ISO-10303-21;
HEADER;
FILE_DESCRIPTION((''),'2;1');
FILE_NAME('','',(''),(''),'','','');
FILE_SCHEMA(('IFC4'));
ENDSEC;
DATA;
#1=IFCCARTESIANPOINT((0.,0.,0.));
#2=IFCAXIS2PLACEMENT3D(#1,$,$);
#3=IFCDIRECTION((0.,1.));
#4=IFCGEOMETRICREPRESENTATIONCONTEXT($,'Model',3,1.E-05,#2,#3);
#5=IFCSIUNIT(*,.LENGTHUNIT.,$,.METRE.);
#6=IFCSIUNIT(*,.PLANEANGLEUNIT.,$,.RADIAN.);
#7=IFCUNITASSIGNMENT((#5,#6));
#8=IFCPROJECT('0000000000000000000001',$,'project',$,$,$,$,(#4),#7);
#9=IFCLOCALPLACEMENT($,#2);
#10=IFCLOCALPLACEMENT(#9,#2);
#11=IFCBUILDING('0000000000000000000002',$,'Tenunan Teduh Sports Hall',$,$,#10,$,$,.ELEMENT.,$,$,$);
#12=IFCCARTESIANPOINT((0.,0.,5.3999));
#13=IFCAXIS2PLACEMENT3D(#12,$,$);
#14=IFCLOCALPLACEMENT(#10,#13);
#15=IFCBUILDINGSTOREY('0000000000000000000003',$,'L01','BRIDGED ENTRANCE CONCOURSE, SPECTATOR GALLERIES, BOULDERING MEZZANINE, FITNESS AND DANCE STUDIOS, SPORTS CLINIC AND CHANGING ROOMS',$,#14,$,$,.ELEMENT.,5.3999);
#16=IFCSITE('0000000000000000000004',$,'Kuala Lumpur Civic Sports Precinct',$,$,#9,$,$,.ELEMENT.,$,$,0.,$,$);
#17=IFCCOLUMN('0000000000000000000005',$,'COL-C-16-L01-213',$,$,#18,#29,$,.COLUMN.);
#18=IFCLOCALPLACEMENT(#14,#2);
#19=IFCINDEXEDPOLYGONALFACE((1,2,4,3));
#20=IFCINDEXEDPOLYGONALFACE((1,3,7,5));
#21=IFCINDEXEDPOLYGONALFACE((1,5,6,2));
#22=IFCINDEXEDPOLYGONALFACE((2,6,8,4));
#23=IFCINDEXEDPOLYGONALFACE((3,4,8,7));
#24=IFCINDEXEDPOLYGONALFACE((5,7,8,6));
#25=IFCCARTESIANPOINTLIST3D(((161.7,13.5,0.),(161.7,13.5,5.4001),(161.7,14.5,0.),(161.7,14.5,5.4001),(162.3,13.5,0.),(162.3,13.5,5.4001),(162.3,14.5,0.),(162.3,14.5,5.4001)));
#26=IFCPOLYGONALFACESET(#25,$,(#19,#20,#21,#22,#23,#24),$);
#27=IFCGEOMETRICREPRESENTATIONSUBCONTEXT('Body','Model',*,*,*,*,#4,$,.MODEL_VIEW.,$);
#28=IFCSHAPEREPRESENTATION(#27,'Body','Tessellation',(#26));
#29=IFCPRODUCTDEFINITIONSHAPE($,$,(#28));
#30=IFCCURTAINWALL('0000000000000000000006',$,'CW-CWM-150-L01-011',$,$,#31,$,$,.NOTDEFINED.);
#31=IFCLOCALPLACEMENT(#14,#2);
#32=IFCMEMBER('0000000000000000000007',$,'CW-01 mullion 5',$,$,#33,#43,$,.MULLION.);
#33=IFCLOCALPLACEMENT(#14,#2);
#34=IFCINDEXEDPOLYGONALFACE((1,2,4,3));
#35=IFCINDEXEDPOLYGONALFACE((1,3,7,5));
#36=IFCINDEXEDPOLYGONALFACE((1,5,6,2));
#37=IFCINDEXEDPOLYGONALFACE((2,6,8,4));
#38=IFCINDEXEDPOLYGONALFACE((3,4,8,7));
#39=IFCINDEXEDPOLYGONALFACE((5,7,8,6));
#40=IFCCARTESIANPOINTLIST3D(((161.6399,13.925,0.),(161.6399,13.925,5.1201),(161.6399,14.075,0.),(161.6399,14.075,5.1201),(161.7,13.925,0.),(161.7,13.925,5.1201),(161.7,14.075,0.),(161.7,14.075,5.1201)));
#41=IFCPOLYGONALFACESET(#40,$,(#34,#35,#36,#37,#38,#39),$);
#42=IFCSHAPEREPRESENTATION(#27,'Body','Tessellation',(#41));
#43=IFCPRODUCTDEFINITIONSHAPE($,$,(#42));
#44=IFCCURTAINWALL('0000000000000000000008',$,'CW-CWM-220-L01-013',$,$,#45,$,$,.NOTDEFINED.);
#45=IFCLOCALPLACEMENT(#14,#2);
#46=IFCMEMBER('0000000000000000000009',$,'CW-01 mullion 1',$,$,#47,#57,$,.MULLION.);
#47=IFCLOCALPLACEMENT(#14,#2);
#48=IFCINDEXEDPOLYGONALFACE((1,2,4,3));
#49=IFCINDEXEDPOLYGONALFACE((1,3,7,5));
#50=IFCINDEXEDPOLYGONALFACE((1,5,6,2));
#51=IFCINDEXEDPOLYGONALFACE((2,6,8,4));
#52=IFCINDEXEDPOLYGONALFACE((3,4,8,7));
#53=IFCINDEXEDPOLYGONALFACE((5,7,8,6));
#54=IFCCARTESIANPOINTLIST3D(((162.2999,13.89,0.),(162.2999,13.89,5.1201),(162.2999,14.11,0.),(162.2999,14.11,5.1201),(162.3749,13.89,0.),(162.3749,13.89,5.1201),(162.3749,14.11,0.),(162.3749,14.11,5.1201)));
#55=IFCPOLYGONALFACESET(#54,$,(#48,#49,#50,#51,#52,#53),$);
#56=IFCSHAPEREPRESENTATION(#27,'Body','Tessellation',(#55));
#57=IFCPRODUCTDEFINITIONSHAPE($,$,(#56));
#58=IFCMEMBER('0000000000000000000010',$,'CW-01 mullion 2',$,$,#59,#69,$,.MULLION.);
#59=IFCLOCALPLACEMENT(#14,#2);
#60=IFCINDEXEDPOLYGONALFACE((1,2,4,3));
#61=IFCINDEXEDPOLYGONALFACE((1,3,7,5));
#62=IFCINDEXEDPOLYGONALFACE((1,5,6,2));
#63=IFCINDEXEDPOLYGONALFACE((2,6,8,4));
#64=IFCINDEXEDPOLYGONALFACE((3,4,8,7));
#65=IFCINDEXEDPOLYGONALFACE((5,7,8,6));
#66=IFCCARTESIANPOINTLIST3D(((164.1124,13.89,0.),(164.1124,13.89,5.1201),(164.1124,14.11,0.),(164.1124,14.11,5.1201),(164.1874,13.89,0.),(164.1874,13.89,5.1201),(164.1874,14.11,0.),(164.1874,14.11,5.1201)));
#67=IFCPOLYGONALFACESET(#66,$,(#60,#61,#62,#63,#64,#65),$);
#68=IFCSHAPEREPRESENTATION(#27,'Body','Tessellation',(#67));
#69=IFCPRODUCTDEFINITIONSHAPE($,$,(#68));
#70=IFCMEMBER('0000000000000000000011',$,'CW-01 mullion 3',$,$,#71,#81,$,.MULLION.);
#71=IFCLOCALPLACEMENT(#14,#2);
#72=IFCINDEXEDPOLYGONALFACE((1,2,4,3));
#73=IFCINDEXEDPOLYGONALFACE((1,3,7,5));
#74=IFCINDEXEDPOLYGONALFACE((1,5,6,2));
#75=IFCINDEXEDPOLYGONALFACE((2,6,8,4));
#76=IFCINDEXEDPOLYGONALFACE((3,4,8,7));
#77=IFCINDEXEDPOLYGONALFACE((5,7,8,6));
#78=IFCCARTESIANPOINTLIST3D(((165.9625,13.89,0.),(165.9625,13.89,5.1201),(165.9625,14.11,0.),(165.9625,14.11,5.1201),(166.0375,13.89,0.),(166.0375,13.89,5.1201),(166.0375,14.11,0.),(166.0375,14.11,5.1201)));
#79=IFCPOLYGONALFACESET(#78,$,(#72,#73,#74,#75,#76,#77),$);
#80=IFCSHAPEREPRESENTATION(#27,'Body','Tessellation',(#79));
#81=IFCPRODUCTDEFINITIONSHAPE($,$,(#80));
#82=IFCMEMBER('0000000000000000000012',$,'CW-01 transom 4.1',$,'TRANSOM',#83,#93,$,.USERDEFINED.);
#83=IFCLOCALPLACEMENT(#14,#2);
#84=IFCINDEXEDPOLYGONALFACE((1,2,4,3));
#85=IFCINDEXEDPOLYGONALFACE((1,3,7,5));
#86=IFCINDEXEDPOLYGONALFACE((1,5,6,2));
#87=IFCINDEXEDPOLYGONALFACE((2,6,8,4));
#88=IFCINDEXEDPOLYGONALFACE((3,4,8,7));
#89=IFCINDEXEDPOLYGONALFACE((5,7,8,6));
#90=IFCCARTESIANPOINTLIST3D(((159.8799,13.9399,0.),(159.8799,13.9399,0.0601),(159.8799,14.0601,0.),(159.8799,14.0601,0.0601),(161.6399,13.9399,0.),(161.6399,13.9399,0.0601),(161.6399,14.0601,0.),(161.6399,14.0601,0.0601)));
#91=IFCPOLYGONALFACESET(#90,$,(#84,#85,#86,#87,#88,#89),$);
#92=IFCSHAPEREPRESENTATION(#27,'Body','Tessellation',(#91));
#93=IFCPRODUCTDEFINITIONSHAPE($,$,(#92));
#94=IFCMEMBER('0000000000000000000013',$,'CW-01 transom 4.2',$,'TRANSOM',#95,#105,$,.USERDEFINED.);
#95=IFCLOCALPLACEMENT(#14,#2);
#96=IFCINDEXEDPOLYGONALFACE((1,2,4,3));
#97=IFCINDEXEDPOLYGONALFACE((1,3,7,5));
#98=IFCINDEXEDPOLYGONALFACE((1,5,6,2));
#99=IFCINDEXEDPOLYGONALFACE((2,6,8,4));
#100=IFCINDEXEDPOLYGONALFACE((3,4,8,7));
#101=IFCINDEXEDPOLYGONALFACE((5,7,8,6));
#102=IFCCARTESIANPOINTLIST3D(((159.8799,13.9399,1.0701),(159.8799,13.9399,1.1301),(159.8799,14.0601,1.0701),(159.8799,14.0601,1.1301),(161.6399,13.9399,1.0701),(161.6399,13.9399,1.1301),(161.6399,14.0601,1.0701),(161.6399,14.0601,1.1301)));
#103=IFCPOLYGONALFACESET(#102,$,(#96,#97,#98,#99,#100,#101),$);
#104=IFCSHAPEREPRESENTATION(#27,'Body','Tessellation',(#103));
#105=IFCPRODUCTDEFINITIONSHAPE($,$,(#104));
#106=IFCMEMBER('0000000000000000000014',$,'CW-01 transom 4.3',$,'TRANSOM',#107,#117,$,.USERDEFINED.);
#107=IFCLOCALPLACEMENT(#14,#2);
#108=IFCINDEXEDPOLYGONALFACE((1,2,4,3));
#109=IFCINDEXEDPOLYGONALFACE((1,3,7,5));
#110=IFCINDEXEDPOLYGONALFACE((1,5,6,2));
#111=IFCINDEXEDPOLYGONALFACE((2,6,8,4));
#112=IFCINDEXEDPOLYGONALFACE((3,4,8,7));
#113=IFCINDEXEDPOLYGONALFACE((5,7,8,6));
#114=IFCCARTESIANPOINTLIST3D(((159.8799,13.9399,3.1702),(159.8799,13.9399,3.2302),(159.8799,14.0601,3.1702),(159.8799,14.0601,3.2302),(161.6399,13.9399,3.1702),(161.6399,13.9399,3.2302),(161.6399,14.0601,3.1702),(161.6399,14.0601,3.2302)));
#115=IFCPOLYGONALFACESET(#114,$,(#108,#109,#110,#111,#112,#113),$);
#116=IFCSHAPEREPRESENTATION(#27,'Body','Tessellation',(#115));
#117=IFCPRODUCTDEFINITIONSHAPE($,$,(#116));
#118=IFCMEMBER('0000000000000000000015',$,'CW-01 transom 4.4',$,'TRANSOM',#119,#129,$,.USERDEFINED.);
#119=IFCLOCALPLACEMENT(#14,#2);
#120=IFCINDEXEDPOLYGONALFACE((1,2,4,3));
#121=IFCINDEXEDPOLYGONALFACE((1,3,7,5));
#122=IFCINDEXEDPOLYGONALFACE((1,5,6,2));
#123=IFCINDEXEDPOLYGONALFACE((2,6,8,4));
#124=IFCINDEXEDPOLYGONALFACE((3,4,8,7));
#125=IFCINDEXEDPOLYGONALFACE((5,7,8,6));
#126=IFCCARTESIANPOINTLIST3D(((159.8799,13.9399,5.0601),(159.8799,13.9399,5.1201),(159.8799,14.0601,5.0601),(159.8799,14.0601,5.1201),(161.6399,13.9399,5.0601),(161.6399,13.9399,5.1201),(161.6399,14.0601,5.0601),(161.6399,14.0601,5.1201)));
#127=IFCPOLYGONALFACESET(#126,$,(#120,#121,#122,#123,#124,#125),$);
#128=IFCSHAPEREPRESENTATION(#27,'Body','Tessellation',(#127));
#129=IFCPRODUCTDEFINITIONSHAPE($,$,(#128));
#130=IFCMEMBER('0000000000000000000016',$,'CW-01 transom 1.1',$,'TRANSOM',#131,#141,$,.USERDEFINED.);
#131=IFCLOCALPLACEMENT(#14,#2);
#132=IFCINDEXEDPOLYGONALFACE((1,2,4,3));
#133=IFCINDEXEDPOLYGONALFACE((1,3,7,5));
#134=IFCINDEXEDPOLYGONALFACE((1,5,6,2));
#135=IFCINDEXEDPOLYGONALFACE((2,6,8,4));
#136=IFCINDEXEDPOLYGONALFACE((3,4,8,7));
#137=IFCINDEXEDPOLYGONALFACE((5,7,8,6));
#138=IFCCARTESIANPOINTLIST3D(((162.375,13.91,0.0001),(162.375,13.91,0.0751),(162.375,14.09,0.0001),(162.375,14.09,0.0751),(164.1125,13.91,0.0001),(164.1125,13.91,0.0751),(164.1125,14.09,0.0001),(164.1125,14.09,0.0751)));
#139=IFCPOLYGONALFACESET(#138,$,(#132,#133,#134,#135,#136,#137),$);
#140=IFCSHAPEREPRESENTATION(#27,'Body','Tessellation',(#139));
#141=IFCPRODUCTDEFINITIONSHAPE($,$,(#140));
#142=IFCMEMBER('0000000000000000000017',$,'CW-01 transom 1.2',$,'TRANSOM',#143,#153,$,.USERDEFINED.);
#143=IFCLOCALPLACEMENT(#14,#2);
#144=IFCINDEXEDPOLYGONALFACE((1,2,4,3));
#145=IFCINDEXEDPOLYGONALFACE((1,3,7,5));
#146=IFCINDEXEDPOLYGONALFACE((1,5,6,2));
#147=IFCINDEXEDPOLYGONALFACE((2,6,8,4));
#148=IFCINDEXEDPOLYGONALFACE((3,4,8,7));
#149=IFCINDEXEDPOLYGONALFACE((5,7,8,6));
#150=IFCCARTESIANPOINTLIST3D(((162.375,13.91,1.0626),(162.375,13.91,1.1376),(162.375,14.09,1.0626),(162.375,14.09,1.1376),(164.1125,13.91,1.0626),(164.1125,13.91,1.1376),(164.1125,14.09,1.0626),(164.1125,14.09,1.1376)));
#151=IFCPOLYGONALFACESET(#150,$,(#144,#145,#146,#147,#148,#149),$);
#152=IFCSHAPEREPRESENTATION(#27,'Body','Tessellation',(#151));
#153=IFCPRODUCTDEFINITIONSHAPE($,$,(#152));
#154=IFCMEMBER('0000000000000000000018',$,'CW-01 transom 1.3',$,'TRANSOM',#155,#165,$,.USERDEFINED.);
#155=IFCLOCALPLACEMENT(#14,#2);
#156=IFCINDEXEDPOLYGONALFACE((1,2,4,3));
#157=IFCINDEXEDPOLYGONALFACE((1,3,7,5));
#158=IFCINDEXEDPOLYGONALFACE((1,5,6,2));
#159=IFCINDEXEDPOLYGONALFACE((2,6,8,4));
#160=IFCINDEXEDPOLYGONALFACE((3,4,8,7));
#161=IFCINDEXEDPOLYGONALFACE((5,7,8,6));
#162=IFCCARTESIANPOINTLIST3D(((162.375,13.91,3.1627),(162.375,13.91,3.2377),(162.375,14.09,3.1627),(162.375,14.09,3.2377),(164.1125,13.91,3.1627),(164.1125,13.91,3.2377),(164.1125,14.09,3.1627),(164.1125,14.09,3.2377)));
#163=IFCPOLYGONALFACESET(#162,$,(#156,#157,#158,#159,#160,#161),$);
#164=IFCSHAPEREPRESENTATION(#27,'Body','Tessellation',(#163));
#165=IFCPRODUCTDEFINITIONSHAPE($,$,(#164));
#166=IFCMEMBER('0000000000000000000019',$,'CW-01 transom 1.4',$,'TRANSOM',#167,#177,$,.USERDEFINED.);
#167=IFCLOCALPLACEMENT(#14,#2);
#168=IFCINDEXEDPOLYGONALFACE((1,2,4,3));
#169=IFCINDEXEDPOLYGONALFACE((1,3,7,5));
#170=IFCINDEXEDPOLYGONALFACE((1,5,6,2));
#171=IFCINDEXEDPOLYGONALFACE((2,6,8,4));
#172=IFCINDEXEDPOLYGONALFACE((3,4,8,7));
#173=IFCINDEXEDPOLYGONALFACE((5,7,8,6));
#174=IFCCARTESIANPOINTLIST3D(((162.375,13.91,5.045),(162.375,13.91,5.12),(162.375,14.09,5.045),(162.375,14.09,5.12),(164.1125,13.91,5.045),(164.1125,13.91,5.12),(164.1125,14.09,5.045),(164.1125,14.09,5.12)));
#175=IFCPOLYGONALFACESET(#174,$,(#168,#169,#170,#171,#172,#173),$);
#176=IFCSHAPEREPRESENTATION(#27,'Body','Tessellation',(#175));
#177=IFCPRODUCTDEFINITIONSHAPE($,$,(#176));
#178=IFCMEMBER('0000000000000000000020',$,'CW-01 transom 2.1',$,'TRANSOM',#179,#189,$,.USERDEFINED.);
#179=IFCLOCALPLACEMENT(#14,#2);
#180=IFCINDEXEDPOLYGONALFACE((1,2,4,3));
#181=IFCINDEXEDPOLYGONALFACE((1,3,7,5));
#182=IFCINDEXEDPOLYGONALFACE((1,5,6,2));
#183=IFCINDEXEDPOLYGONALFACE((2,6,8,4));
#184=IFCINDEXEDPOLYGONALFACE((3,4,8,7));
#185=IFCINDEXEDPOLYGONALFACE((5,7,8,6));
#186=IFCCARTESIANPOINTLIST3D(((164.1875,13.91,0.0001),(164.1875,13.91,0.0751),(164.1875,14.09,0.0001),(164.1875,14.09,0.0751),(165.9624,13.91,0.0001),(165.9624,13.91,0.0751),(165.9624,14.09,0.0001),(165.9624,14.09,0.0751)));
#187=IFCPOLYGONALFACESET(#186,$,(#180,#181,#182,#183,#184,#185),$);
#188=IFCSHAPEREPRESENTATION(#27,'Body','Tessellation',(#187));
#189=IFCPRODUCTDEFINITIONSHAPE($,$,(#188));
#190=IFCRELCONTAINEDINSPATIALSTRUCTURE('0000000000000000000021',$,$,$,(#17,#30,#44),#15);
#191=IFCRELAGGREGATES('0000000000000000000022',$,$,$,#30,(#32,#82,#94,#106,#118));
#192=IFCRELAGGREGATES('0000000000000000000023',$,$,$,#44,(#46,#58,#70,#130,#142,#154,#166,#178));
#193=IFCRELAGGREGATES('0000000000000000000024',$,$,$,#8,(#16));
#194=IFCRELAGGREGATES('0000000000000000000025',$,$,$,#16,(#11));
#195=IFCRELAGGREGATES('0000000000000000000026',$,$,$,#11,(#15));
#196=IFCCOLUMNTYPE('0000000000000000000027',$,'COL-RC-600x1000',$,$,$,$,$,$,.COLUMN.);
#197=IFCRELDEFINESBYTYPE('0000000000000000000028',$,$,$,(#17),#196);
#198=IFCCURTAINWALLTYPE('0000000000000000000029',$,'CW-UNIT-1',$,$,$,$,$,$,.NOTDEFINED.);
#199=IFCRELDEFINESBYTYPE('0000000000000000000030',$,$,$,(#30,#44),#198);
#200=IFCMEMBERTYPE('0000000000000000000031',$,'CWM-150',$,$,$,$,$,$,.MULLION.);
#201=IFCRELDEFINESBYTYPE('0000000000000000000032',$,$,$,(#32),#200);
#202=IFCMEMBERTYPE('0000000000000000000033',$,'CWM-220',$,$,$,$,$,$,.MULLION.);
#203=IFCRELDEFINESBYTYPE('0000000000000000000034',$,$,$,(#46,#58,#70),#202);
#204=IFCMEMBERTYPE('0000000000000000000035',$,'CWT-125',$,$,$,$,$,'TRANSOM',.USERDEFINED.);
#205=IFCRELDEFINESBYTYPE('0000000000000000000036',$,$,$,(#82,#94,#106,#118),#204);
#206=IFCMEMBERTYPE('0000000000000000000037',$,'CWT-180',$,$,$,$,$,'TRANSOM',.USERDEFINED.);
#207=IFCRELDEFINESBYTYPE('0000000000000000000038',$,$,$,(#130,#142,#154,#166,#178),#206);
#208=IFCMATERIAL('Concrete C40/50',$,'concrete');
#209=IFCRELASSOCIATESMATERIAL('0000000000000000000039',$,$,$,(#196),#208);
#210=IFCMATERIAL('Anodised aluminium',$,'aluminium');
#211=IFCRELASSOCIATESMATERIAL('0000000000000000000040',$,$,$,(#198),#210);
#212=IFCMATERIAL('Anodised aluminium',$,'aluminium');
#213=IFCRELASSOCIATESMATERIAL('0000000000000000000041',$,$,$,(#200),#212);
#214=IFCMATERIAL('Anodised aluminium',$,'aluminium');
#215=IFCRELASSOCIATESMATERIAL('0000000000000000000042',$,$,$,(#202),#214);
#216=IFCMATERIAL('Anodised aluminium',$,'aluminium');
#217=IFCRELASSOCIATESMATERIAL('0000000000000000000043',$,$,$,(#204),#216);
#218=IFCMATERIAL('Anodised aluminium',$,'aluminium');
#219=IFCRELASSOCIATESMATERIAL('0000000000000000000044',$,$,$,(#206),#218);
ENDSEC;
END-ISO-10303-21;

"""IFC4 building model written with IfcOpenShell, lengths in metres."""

from ifc_helpers import new_model, si_unit, direction, frame, origin, origin_2d, place, context, subcontext, project, spatial, rectangle, extrude, material, material_profile, profile_set, type_object, element, aggregate, save


model = new_model("IFC4")

# Units and contexts
model_context = context("Model", 3, precision=1e-05, world=origin(), true_north=direction((0.0, 1.0)))
body_context = subcontext(model_context, "Body", "Model", "MODEL_VIEW")
ifc_project = project(units=[si_unit("LENGTHUNIT", "METRE"), si_unit("PLANEANGLEUNIT", "RADIAN")], contexts=[model_context])

# Site, building, storey
site_placement = place(None, origin())
site = spatial("IfcSite", under=ifc_project, at=site_placement, Name="Kuala Lumpur Civic Sports Precinct", CompositionType="ELEMENT", RefElevation=0.0)
building_placement = place(site_placement, origin())
building = spatial("IfcBuilding", under=site, at=building_placement, Name="Tenunan Teduh Sports Hall", CompositionType="ELEMENT")
storey_placement = place(building_placement, frame((0.0, 0.0, 5.3999)))
storey = spatial("IfcBuildingStorey", under=building, at=storey_placement, Name="L01", Description="BRIDGED ENTRANCE CONCOURSE, SPECTATOR GALLERIES, BOULDERING MEZZANINE, FITNESS AND DANCE STUDIOS, SPORTS CLINIC AND CHANGING ROOMS", CompositionType="ELEMENT", Elevation=5.3999)

# Column
ifc_material_1 = material(Name="Concrete C40/50", Category="concrete")
ifc_material_profile_1 = material_profile(ifc_material_1, rectangle(XDim=0.6001, YDim=1.0, at=origin_2d()), Name="RC 600x1000")
ifc_profile_set_1 = profile_set([ifc_material_profile_1], Name="Concrete C40/50")
column_type = type_object("IfcColumnType", Name="COL-RC-600x1000", PredefinedType="COLUMN", material=ifc_profile_set_1)
column_placement = place(storey_placement, frame((162.0, 14.0, 0.0), z_axis=(0.0, 0.0, 1.0), x_axis=(1.0, 0.0, 0.0)))
element("IfcColumn", 1, at=column_placement, inside=storey, type_object=column_type, Name="COL-C-16-L01-213", PredefinedType="COLUMN", context=body_context, shape_type="SweptSolid", body=[
    extrude(rectangle(XDim=0.6001, YDim=1.0, at=origin_2d()), origin(), (0.0, 0.0, 1.0), 5.4001),
])

# Curtain wall, member
ifc_material_2 = material(Name="Anodised aluminium", Category="aluminium")
curtain_wall_type = type_object("IfcCurtainWallType", Name="CW-UNIT-1", PredefinedType="NOTDEFINED", material=ifc_material_2)
curtain_wall_1_placement = place(storey_placement, origin())
curtain_wall_1 = element("IfcCurtainWall", 2, at=curtain_wall_1_placement, inside=storey, type_object=curtain_wall_type, Name="CW-CWM-150-L01-011", PredefinedType="NOTDEFINED")
ifc_material_3 = material(Name="Anodised aluminium", Category="aluminium")
ifc_material_profile_2 = material_profile(ifc_material_3, rectangle(XDim=0.0601, YDim=0.1499, at=origin_2d()), Name="CWM 60x150")
ifc_profile_set_2 = profile_set([ifc_material_profile_2], Name="Anodised aluminium")
member_type_1 = type_object("IfcMemberType", Name="CWM-150", PredefinedType="MULLION", material=ifc_profile_set_2)
member_1_placement = place(storey_placement, frame((161.6699, 14.0, 0.0), z_axis=(0.0, 0.0, 1.0), x_axis=(1.0, 0.0, 0.0)))
member_1 = element("IfcMember", 3, at=member_1_placement, type_object=member_type_1, Name="CW-01 mullion 5", PredefinedType="MULLION", context=body_context, shape_type="SweptSolid", body=[
    extrude(rectangle(XDim=0.0601, YDim=0.1499, at=origin_2d()), origin(), (0.0, 0.0, 1.0), 5.1201),
])

# Curtain wall, members
curtain_wall_2_placement = place(storey_placement, origin())
curtain_wall_2 = element("IfcCurtainWall", 4, at=curtain_wall_2_placement, inside=storey, type_object=curtain_wall_type, Name="CW-CWM-220-L01-013", PredefinedType="NOTDEFINED")
ifc_material_4 = material(Name="Anodised aluminium", Category="aluminium")
ifc_material_profile_3 = material_profile(ifc_material_4, rectangle(XDim=0.075, YDim=0.22, at=origin_2d()), Name="CWM 75x220")
ifc_profile_set_3 = profile_set([ifc_material_profile_3], Name="Anodised aluminium")
member_type_2 = type_object("IfcMemberType", Name="CWM-220", PredefinedType="MULLION", material=ifc_profile_set_3)
member_2_placement = place(storey_placement, frame((162.3374, 14.0, 0.0), z_axis=(0.0, 0.0, 1.0), x_axis=(1.0, 0.0, 0.0)))
member_2 = element("IfcMember", 5, at=member_2_placement, type_object=member_type_2, Name="CW-01 mullion 1", PredefinedType="MULLION", context=body_context, shape_type="SweptSolid", body=[
    extrude(rectangle(XDim=0.075, YDim=0.22, at=origin_2d()), origin(), (0.0, 0.0, 1.0), 5.1201),
])
member_3_placement = place(storey_placement, frame((164.1499, 14.0, 0.0), z_axis=(0.0, 0.0, 1.0), x_axis=(1.0, 0.0, 0.0)))
member_3 = element("IfcMember", 6, at=member_3_placement, type_object=member_type_2, Name="CW-01 mullion 2", PredefinedType="MULLION", context=body_context, shape_type="SweptSolid", body=[
    extrude(rectangle(XDim=0.075, YDim=0.22, at=origin_2d()), origin(), (0.0, 0.0, 1.0), 5.1201),
])
member_4_placement = place(storey_placement, frame((166.0, 14.0, 0.0), z_axis=(0.0, 0.0, 1.0), x_axis=(1.0, 0.0, 0.0)))
member_4 = element("IfcMember", 7, at=member_4_placement, type_object=member_type_2, Name="CW-01 mullion 3", PredefinedType="MULLION", context=body_context, shape_type="SweptSolid", body=[
    extrude(rectangle(XDim=0.075, YDim=0.22, at=origin_2d()), origin(), (0.0, 0.0, 1.0), 5.1201),
])

# Members
ifc_material_5 = material(Name="Anodised aluminium", Category="aluminium")
ifc_material_profile_4 = material_profile(ifc_material_5, rectangle(XDim=0.0601, YDim=0.1201, at=origin_2d()), Name="CWT 60x120")
ifc_profile_set_4 = profile_set([ifc_material_profile_4], Name="Anodised aluminium")
member_type_3 = type_object("IfcMemberType", Name="CWT-125", ElementType="TRANSOM", PredefinedType="USERDEFINED", material=ifc_profile_set_4)
member_5_placement = place(storey_placement, frame((159.8799, 14.0, 0.03), z_axis=(1.0, 0.0, 0.0), x_axis=(0.0, 0.0, 1.0)))
member_5 = element("IfcMember", 8, at=member_5_placement, type_object=member_type_3, Name="CW-01 transom 4.1", ObjectType="TRANSOM", PredefinedType="USERDEFINED", context=body_context, shape_type="SweptSolid", body=[
    extrude(rectangle(XDim=0.0601, YDim=0.1201, at=origin_2d()), origin(), (0.0, 0.0, 1.0), 1.76),
])
member_6_placement = place(storey_placement, frame((159.8799, 14.0, 1.1001), z_axis=(1.0, 0.0, 0.0), x_axis=(0.0, 0.0, 1.0)))
member_6 = element("IfcMember", 9, at=member_6_placement, type_object=member_type_3, Name="CW-01 transom 4.2", ObjectType="TRANSOM", PredefinedType="USERDEFINED", context=body_context, shape_type="SweptSolid", body=[
    extrude(rectangle(XDim=0.0601, YDim=0.1201, at=origin_2d()), origin(), (0.0, 0.0, 1.0), 1.76),
])
member_7_placement = place(storey_placement, frame((159.8799, 14.0, 3.2002), z_axis=(1.0, 0.0, 0.0), x_axis=(0.0, 0.0, 1.0)))
member_7 = element("IfcMember", 10, at=member_7_placement, type_object=member_type_3, Name="CW-01 transom 4.3", ObjectType="TRANSOM", PredefinedType="USERDEFINED", context=body_context, shape_type="SweptSolid", body=[
    extrude(rectangle(XDim=0.0601, YDim=0.1201, at=origin_2d()), origin(), (0.0, 0.0, 1.0), 1.76),
])
member_8_placement = place(storey_placement, frame((159.8799, 14.0, 5.0901), z_axis=(1.0, 0.0, 0.0), x_axis=(0.0, 0.0, 1.0)))
member_8 = element("IfcMember", 11, at=member_8_placement, type_object=member_type_3, Name="CW-01 transom 4.4", ObjectType="TRANSOM", PredefinedType="USERDEFINED", context=body_context, shape_type="SweptSolid", body=[
    extrude(rectangle(XDim=0.0601, YDim=0.1201, at=origin_2d()), origin(), (0.0, 0.0, 1.0), 1.76),
])
ifc_material_6 = material(Name="Anodised aluminium", Category="aluminium")
ifc_material_profile_5 = material_profile(ifc_material_6, rectangle(XDim=0.075, YDim=0.1799, at=origin_2d()), Name="CWT 75x180")
ifc_profile_set_5 = profile_set([ifc_material_profile_5], Name="Anodised aluminium")
member_type_4 = type_object("IfcMemberType", Name="CWT-180", ElementType="TRANSOM", PredefinedType="USERDEFINED", material=ifc_profile_set_5)
member_9_placement = place(storey_placement, frame((162.375, 14.0, 0.0376), z_axis=(1.0, 0.0, 0.0), x_axis=(0.0, 0.0, 1.0)))
member_9 = element("IfcMember", 12, at=member_9_placement, type_object=member_type_4, Name="CW-01 transom 1.1", ObjectType="TRANSOM", PredefinedType="USERDEFINED", context=body_context, shape_type="SweptSolid", body=[
    extrude(rectangle(XDim=0.075, YDim=0.1799, at=origin_2d()), origin(), (0.0, 0.0, 1.0), 1.7375),
])
member_10_placement = place(storey_placement, frame((162.375, 14.0, 1.1001), z_axis=(1.0, 0.0, 0.0), x_axis=(0.0, 0.0, 1.0)))
member_10 = element("IfcMember", 13, at=member_10_placement, type_object=member_type_4, Name="CW-01 transom 1.2", ObjectType="TRANSOM", PredefinedType="USERDEFINED", context=body_context, shape_type="SweptSolid", body=[
    extrude(rectangle(XDim=0.075, YDim=0.1799, at=origin_2d()), origin(), (0.0, 0.0, 1.0), 1.7375),
])
member_11_placement = place(storey_placement, frame((162.375, 14.0, 3.2002), z_axis=(1.0, 0.0, 0.0), x_axis=(0.0, 0.0, 1.0)))
member_11 = element("IfcMember", 14, at=member_11_placement, type_object=member_type_4, Name="CW-01 transom 1.3", ObjectType="TRANSOM", PredefinedType="USERDEFINED", context=body_context, shape_type="SweptSolid", body=[
    extrude(rectangle(XDim=0.075, YDim=0.1799, at=origin_2d()), origin(), (0.0, 0.0, 1.0), 1.7375),
])
member_12_placement = place(storey_placement, frame((162.375, 14.0, 5.0825), z_axis=(1.0, 0.0, 0.0), x_axis=(0.0, 0.0, 1.0)))
member_12 = element("IfcMember", 15, at=member_12_placement, type_object=member_type_4, Name="CW-01 transom 1.4", ObjectType="TRANSOM", PredefinedType="USERDEFINED", context=body_context, shape_type="SweptSolid", body=[
    extrude(rectangle(XDim=0.075, YDim=0.1799, at=origin_2d()), origin(), (0.0, 0.0, 1.0), 1.7375),
])
member_13_placement = place(storey_placement, frame((164.1875, 14.0, 0.0376), z_axis=(1.0, 0.0, 0.0), x_axis=(0.0, 0.0, 1.0)))
member_13 = element("IfcMember", 16, at=member_13_placement, type_object=member_type_4, Name="CW-01 transom 2.1", ObjectType="TRANSOM", PredefinedType="USERDEFINED", context=body_context, shape_type="SweptSolid", body=[
    extrude(rectangle(XDim=0.075, YDim=0.1799, at=origin_2d()), origin(), (0.0, 0.0, 1.0), 1.7749),
])

aggregate(curtain_wall_1, [member_1, member_5, member_6, member_7, member_8])
aggregate(curtain_wall_2, [member_2, member_3, member_4, member_9, member_10, member_11, member_12, member_13])

save(model, "model.ifc")
